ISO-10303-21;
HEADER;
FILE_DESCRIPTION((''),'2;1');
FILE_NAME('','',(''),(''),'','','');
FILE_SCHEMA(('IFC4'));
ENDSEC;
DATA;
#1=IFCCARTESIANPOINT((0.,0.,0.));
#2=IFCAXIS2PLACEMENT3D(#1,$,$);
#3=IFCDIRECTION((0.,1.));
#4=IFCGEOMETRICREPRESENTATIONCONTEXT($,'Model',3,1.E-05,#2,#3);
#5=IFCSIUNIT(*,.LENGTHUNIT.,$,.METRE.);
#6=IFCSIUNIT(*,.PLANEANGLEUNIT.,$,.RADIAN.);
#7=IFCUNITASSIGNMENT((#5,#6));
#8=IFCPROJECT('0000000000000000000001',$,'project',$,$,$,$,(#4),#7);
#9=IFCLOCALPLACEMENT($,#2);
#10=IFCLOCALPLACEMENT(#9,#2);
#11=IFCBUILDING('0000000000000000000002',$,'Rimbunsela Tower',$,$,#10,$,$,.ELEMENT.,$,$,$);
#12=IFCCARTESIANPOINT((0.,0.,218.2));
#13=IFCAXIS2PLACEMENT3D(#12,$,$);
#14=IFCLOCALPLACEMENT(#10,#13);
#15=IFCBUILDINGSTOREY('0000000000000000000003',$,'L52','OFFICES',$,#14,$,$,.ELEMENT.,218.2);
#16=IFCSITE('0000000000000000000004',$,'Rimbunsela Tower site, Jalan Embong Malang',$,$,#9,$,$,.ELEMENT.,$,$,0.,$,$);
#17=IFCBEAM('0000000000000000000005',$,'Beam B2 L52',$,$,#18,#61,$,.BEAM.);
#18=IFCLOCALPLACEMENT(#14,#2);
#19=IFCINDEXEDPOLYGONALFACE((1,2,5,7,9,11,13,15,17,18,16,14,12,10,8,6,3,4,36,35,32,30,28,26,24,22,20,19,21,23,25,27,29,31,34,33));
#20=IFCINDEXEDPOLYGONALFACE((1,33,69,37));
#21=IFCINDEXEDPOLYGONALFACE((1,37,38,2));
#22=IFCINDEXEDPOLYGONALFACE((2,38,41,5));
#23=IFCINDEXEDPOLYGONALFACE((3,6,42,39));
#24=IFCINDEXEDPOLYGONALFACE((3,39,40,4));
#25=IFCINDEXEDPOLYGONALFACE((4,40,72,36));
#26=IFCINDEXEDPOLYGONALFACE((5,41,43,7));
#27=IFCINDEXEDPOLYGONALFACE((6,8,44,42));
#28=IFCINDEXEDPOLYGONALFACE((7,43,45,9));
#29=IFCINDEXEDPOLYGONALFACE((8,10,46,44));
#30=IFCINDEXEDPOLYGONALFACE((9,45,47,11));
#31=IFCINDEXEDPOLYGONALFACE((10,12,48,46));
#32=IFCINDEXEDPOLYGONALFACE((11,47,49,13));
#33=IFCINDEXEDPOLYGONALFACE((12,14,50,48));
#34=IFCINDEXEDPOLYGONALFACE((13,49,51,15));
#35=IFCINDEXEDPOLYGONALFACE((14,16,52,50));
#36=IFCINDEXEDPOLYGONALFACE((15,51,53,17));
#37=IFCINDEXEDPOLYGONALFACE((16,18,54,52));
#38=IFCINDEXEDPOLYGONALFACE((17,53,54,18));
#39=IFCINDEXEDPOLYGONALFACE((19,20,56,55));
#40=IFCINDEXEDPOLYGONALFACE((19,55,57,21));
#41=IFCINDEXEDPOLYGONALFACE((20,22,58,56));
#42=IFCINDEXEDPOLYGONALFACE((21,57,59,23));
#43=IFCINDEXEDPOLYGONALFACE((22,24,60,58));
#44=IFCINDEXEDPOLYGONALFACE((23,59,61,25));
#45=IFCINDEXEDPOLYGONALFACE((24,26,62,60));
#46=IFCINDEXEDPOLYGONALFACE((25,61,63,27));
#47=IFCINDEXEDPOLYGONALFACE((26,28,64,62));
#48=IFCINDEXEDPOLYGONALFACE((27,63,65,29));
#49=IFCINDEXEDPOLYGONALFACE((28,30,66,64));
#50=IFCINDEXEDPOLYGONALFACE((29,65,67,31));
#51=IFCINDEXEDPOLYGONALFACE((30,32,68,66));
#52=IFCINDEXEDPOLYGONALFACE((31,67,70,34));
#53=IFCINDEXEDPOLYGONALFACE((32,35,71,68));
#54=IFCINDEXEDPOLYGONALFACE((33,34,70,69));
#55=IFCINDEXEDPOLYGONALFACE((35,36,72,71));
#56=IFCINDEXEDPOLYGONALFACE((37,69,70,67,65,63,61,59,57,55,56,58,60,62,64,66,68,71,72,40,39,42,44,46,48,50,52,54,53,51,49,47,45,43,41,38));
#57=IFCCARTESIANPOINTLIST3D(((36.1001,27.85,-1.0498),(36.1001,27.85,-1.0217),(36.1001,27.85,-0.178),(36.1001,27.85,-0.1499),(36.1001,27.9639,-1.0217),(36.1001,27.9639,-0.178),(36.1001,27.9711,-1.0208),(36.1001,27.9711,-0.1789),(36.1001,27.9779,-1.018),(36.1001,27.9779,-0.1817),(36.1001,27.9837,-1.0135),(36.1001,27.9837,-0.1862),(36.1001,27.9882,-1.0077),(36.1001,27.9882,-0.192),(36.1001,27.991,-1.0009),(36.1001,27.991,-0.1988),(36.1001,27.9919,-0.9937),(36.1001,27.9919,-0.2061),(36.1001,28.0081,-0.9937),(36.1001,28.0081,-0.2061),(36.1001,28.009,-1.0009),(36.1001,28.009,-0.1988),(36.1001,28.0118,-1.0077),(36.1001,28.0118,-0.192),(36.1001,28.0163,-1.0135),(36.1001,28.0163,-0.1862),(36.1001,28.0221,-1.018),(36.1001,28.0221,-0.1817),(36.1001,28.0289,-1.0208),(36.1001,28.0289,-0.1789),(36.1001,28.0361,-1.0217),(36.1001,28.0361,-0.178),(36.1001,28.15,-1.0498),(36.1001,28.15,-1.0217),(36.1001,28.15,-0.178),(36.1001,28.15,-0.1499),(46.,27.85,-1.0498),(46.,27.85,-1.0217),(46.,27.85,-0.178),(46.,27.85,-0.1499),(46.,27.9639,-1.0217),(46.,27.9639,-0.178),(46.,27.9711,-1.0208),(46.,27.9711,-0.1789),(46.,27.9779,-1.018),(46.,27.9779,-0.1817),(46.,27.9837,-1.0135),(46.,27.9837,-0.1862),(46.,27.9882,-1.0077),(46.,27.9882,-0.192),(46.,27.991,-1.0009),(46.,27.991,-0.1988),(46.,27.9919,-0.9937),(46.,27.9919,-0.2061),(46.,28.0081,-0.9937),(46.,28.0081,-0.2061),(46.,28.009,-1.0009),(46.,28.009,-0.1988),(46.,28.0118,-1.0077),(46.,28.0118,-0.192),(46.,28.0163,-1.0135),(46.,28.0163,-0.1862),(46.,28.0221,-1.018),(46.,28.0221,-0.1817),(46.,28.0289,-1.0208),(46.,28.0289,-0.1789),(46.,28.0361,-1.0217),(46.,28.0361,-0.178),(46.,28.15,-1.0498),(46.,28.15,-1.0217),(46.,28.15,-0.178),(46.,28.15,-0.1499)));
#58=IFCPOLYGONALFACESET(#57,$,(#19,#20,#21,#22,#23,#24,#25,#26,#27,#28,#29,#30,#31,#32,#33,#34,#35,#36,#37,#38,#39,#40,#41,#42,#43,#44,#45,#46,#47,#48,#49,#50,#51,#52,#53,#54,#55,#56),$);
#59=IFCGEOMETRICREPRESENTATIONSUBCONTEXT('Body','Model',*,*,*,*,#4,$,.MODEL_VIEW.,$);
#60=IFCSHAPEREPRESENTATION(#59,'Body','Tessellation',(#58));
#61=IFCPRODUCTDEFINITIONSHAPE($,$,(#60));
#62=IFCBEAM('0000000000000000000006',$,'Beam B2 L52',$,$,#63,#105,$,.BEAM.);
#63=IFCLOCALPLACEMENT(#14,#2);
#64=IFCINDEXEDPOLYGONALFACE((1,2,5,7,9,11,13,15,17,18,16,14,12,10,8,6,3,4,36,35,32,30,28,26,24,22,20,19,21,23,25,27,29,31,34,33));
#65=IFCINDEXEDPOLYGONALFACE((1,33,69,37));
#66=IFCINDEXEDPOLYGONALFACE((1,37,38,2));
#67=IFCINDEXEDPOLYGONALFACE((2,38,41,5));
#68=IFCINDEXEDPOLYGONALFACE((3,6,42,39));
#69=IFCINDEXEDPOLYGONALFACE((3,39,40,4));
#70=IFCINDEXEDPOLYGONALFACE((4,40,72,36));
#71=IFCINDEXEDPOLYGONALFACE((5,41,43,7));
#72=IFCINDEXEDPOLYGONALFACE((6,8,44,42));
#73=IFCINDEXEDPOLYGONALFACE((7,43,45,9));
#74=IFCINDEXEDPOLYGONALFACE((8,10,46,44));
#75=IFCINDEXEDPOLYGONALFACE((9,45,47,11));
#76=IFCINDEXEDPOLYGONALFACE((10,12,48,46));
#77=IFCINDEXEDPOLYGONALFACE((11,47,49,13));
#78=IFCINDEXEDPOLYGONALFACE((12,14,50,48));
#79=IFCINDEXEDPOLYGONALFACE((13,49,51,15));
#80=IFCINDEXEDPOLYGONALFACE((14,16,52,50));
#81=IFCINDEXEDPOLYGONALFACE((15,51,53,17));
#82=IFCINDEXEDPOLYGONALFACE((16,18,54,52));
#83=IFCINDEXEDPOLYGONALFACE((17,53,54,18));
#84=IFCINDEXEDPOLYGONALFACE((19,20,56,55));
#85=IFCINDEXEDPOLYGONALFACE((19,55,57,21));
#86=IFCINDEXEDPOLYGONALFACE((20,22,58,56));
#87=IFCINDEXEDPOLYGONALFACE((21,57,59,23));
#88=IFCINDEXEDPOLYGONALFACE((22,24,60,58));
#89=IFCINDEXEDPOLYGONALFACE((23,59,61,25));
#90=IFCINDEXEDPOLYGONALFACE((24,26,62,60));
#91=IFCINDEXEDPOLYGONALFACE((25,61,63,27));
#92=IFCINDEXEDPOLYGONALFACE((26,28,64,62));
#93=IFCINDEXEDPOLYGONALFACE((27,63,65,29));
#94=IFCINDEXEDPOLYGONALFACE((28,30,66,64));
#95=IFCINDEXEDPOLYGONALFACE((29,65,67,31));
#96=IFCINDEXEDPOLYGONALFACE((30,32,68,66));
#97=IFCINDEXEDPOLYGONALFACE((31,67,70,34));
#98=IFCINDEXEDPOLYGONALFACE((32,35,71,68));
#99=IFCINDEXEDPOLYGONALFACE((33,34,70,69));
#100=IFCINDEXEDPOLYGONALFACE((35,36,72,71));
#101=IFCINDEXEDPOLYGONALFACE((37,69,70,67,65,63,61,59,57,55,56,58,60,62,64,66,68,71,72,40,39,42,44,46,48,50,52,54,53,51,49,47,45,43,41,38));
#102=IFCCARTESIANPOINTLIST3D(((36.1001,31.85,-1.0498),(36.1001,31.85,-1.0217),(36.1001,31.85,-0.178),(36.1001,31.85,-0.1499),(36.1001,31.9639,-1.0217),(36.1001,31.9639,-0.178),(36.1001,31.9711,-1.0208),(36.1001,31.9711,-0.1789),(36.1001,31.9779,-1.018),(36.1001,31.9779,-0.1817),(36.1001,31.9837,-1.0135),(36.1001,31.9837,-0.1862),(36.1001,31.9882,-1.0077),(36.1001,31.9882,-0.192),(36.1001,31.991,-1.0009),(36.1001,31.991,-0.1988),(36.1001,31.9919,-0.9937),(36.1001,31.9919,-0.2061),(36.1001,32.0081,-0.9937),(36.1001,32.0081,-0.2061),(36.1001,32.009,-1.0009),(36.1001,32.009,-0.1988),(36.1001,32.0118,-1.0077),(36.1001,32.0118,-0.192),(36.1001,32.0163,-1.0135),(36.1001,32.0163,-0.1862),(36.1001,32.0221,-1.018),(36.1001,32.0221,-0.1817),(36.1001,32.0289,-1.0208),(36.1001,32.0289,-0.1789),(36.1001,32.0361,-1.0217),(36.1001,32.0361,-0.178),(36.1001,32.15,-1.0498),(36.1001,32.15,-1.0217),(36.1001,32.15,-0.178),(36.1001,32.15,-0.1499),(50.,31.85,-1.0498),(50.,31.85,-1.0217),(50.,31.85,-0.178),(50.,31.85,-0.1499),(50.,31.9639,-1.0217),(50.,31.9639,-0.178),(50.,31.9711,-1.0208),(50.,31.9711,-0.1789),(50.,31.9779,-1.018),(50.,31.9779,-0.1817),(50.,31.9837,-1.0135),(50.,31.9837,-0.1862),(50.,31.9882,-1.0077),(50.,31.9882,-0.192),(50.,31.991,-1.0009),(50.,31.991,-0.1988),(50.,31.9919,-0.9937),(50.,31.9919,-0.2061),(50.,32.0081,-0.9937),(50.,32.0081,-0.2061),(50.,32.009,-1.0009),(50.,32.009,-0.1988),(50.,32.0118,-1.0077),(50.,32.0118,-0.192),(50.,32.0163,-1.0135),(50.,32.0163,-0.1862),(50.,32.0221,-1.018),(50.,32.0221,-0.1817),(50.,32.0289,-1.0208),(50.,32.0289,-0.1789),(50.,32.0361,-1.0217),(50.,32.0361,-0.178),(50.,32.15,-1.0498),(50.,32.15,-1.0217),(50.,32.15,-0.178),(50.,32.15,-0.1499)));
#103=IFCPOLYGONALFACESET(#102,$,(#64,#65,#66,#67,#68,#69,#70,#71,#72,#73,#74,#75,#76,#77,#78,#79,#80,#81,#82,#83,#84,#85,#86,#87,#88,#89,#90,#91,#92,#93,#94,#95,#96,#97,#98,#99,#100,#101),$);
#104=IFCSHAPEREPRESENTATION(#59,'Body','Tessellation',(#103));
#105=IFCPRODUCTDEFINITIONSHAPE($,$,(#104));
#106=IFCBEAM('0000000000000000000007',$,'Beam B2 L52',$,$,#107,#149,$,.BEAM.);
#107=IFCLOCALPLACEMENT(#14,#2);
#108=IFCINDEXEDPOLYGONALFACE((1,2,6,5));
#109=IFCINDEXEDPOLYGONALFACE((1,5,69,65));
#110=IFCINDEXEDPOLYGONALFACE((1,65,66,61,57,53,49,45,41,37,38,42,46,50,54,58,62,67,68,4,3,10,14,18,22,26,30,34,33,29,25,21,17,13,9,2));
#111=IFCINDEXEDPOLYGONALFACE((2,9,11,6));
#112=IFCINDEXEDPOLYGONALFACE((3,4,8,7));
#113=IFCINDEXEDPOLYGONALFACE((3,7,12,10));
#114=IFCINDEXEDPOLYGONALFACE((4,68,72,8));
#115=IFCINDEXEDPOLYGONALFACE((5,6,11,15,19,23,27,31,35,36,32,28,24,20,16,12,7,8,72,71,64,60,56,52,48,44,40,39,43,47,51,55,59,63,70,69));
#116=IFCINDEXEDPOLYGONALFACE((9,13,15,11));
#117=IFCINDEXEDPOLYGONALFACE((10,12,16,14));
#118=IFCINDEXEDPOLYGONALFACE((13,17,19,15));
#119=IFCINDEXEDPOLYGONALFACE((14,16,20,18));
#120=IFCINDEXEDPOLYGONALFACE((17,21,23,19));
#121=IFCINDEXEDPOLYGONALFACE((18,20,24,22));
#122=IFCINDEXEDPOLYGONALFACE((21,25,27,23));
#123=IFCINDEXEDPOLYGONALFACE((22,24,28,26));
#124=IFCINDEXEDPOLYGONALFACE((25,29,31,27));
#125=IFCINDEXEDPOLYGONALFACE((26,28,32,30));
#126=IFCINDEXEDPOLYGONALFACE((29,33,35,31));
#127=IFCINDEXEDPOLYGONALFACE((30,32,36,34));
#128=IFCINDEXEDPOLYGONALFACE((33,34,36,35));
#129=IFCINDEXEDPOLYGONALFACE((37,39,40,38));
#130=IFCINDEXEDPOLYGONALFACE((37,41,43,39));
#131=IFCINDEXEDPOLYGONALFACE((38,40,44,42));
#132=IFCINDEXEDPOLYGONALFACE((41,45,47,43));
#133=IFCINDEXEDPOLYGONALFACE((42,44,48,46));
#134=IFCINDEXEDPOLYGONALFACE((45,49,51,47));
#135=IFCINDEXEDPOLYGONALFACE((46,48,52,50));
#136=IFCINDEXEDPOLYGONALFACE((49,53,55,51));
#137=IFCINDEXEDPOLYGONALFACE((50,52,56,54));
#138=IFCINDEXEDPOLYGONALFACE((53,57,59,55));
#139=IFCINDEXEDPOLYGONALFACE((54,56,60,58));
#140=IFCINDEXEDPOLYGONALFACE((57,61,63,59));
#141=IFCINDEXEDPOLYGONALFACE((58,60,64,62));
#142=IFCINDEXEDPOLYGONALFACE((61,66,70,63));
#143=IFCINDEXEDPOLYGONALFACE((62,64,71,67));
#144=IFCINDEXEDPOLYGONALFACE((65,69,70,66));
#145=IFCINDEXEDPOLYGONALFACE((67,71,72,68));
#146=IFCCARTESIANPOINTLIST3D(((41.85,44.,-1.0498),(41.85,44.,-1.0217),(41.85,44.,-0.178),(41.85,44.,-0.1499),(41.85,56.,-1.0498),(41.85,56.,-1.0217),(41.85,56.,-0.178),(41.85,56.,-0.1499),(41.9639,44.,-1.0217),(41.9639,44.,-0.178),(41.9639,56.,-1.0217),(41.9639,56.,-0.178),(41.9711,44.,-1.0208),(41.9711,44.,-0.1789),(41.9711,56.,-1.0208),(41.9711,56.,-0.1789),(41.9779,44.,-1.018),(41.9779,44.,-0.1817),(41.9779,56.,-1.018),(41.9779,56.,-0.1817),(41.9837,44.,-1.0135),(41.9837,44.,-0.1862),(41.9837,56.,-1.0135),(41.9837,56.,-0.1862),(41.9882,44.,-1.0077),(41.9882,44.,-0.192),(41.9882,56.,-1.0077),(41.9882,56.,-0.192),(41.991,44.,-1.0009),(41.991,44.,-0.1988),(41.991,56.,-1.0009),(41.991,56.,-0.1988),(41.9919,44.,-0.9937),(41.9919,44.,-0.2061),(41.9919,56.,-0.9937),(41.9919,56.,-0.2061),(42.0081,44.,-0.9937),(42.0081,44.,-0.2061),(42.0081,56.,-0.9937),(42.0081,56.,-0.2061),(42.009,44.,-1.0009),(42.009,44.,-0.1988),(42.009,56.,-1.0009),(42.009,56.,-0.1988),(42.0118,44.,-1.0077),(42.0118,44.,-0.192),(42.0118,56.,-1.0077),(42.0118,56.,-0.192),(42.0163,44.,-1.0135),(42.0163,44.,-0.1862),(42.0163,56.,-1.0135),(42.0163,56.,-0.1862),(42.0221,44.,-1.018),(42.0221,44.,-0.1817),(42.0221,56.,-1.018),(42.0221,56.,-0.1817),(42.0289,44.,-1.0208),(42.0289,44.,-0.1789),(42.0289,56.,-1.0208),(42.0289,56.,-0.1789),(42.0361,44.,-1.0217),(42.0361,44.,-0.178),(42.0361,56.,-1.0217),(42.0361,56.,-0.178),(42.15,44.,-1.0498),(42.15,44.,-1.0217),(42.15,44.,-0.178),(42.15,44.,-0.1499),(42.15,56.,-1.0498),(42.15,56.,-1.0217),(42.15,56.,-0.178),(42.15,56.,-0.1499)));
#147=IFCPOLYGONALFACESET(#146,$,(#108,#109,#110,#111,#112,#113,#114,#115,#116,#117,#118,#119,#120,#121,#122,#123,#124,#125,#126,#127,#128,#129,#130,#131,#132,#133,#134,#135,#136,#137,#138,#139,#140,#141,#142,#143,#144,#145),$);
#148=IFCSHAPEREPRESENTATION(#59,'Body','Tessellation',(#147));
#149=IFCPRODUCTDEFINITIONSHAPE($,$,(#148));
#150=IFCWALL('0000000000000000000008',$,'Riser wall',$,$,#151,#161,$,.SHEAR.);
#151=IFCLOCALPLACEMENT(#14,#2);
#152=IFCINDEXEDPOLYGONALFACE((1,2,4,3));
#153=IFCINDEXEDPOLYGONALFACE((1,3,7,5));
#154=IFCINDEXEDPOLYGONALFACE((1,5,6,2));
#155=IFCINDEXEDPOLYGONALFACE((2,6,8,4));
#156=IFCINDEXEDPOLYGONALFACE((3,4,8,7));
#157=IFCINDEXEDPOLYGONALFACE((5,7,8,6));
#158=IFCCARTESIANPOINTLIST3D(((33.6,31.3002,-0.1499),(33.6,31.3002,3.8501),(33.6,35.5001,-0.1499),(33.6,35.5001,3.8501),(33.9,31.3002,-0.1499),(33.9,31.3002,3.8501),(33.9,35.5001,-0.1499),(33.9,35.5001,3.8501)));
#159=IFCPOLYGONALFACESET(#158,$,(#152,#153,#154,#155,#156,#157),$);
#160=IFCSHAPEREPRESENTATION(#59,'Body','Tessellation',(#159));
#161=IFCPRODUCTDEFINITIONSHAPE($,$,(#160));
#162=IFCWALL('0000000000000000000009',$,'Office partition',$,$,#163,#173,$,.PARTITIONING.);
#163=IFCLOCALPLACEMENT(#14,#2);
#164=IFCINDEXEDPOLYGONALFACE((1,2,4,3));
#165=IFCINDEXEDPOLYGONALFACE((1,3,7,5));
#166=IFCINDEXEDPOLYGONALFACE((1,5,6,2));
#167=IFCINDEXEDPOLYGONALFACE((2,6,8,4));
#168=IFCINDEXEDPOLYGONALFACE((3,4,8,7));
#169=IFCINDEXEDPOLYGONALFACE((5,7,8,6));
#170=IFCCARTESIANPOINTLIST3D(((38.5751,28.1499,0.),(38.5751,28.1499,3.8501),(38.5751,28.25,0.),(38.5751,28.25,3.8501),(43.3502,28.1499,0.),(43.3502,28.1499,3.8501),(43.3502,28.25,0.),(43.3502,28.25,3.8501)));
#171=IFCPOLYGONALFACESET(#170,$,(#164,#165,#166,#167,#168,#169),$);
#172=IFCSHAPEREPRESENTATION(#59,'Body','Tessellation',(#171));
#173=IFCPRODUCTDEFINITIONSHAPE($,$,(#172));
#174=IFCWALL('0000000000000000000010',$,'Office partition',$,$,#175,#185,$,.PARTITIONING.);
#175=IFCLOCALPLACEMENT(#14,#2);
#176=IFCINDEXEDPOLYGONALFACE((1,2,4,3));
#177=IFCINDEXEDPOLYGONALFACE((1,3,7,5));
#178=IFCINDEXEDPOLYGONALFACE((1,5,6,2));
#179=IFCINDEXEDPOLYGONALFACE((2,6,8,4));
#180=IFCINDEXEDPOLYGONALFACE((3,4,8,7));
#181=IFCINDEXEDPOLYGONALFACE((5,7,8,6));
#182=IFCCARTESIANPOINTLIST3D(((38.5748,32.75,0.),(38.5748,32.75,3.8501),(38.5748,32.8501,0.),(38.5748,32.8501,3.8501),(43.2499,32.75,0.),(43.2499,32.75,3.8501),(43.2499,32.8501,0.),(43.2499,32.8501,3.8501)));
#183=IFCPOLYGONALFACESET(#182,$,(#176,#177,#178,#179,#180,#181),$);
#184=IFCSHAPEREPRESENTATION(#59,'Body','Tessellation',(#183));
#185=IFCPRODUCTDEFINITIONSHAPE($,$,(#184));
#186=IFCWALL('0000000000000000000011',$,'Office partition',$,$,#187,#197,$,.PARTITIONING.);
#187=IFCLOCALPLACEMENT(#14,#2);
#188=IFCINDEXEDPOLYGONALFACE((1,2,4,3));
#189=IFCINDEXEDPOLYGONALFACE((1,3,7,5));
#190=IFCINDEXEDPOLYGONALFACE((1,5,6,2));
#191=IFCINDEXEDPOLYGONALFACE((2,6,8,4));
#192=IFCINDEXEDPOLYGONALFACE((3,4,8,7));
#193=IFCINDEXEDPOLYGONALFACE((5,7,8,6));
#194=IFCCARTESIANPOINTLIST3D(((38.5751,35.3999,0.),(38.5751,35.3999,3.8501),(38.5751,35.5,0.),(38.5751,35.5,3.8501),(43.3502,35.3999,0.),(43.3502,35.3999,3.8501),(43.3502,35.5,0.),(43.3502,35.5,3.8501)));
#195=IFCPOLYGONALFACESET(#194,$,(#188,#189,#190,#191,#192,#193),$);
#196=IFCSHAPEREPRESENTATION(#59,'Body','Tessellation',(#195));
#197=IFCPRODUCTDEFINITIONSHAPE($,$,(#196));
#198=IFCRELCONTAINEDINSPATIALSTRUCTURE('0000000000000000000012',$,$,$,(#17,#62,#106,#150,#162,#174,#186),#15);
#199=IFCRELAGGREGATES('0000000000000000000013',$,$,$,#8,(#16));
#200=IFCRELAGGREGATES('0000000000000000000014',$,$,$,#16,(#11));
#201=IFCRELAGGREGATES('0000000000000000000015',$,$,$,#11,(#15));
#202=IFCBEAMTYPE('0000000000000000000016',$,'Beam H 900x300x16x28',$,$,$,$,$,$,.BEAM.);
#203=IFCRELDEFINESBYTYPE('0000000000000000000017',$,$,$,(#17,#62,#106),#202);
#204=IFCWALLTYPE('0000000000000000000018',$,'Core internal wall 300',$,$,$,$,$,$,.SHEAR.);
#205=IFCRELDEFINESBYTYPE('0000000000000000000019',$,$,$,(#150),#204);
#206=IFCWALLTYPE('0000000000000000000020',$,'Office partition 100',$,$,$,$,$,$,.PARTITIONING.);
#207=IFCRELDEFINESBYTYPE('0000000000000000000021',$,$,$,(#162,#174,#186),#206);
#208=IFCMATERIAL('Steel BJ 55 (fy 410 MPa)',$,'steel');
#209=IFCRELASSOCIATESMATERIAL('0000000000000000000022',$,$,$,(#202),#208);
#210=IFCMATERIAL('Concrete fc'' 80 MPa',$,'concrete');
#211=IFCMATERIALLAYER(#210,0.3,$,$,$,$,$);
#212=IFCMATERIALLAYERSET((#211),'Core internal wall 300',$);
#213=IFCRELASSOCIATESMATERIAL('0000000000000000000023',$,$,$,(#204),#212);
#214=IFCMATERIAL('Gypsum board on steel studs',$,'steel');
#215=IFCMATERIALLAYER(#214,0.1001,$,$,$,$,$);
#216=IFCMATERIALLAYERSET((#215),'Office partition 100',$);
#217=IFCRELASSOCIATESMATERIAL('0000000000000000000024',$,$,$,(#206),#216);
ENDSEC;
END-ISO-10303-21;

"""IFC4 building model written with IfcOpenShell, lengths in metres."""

from ifc_helpers import new_model, si_unit, direction, frame, frame_2d, origin, origin_2d, place, context, subcontext, project, spatial, rectangle, i_section, extrude, material, layer, layer_set, material_profile, profile_set, type_object, element, save


model = new_model("IFC4")

# Units and contexts
model_context = context("Model", 3, precision=1e-05, world=origin(), true_north=direction((0.0, 1.0)))
body_context = subcontext(model_context, "Body", "Model", "MODEL_VIEW")
ifc_project = project(units=[si_unit("LENGTHUNIT", "METRE"), si_unit("PLANEANGLEUNIT", "RADIAN")], contexts=[model_context])

# Site, building, storey
site_placement = place(None, origin())
site = spatial("IfcSite", under=ifc_project, at=site_placement, Name="Rimbunsela Tower site, Jalan Embong Malang", CompositionType="ELEMENT", RefElevation=0.0)
building_placement = place(site_placement, origin())
building = spatial("IfcBuilding", under=site, at=building_placement, Name="Rimbunsela Tower", CompositionType="ELEMENT")
storey_placement = place(building_placement, frame((0.0, 0.0, 218.2)))
storey = spatial("IfcBuildingStorey", under=building, at=storey_placement, Name="L52", Description="OFFICES", CompositionType="ELEMENT", Elevation=218.2)

# Beams
ifc_material_1 = material(Name="Steel BJ 55 (fy 410 MPa)", Category="steel")
ifc_material_profile_1 = material_profile(ifc_material_1, i_section(OverallWidth=0.3, OverallDepth=0.8999, WebThickness=0.0161, FlangeThickness=0.0281, FilletRadius=0.0281, at=origin_2d()), Name="H 900x300x16x28")
ifc_profile_set_1 = profile_set([ifc_material_profile_1], Name="Steel BJ 55 (fy 410 MPa)")
beam_type_1 = type_object("IfcBeamType", Name="Beam H 900x300x16x28", PredefinedType="BEAM", material=ifc_profile_set_1)
beam_1_placement = place(storey_placement, frame((36.1001, 28.0, -0.5999), z_axis=(1.0, 0.0, 0.0), x_axis=(0.0, 1.0, 0.0)))
element("IfcBeam", 1, at=beam_1_placement, inside=storey, type_object=beam_type_1, Name="Beam B2 L52", PredefinedType="BEAM", context=body_context, shape_type="SweptSolid", body=[
    extrude(i_section(OverallWidth=0.3, OverallDepth=0.8999, WebThickness=0.0161, FlangeThickness=0.0281, FilletRadius=0.0281, at=origin_2d()), origin(), (0.0, 0.0, 1.0), 9.8999),
])
beam_2_placement = place(storey_placement, frame((36.1001, 32.0, -0.5999), z_axis=(1.0, 0.0, 0.0), x_axis=(0.0, 1.0, 0.0)))
element("IfcBeam", 2, at=beam_2_placement, inside=storey, type_object=beam_type_1, Name="Beam B2 L52", PredefinedType="BEAM", context=body_context, shape_type="SweptSolid", body=[
    extrude(i_section(OverallWidth=0.3, OverallDepth=0.8999, WebThickness=0.0161, FlangeThickness=0.0281, FilletRadius=0.0281, at=origin_2d()), origin(), (0.0, 0.0, 1.0), 13.8999),
])
beam_3_placement = place(storey_placement, frame((42.0, 44.0, -0.5999), z_axis=(0.0, 1.0, 0.0), x_axis=(-1.0, 0.0, 0.0)))
element("IfcBeam", 3, at=beam_3_placement, inside=storey, type_object=beam_type_1, Name="Beam B2 L52", PredefinedType="BEAM", context=body_context, shape_type="SweptSolid", body=[
    extrude(i_section(OverallWidth=0.3, OverallDepth=0.8999, WebThickness=0.0161, FlangeThickness=0.0281, FilletRadius=0.0281, at=origin_2d()), origin(), (0.0, 0.0, 1.0), 12.0),
])

# Walls
ifc_material_2 = material(Name="Concrete fc' 80 MPa", Category="concrete")
ifc_layer_1 = layer(ifc_material_2, 0.3)
ifc_layer_set_1 = layer_set([ifc_layer_1], Name="Core internal wall 300")
wall_type_1 = type_object("IfcWallType", Name="Core internal wall 300", PredefinedType="SHEAR", material=ifc_layer_set_1)
wall_1_placement = place(storey_placement, frame((33.75, 31.3, -0.1499), z_axis=(0.0, 0.0, 1.0), x_axis=(0.0, 1.0, 0.0)))
element("IfcWall", 4, at=wall_1_placement, inside=storey, type_object=wall_type_1, Name="Riser wall", PredefinedType="SHEAR", context=body_context, shape_type="SweptSolid", body=[
    extrude(rectangle(XDim=4.2, YDim=0.3, at=frame_2d((2.1001, 0.0))), origin(), (0.0, 0.0, 1.0), 4.0),
])
ifc_material_3 = material(Name="Gypsum board on steel studs", Category="steel")
ifc_layer_2 = layer(ifc_material_3, 0.1001)
ifc_layer_set_2 = layer_set([ifc_layer_2], Name="Office partition 100")
wall_type_2 = type_object("IfcWallType", Name="Office partition 100", PredefinedType="PARTITIONING", material=ifc_layer_set_2)
wall_2_placement = place(storey_placement, frame((38.575, 28.2, 0.0), z_axis=(0.0, 0.0, 1.0), x_axis=(1.0, 0.0, 0.0)))
element("IfcWall", 5, at=wall_2_placement, inside=storey, type_object=wall_type_2, Name="Office partition", PredefinedType="PARTITIONING", context=body_context, shape_type="SweptSolid", body=[
    extrude(rectangle(XDim=4.7751, YDim=0.1001, at=frame_2d((2.3877, 0.0))), origin(), (0.0, 0.0, 1.0), 3.8501),
])
wall_3_placement = place(storey_placement, frame((38.575, 32.8, 0.0), z_axis=(0.0, 0.0, 1.0), x_axis=(1.0, 0.0, 0.0)))
element("IfcWall", 6, at=wall_3_placement, inside=storey, type_object=wall_type_2, Name="Office partition", PredefinedType="PARTITIONING", context=body_context, shape_type="SweptSolid", body=[
    extrude(rectangle(XDim=4.675, YDim=0.1001, at=frame_2d((2.3374, 0.0))), origin(), (0.0, 0.0, 1.0), 3.8501),
])
wall_4_placement = place(storey_placement, frame((38.575, 35.45, 0.0), z_axis=(0.0, 0.0, 1.0), x_axis=(1.0, 0.0, 0.0)))
element("IfcWall", 7, at=wall_4_placement, inside=storey, type_object=wall_type_2, Name="Office partition", PredefinedType="PARTITIONING", context=body_context, shape_type="SweptSolid", body=[
    extrude(rectangle(XDim=4.7751, YDim=0.1001, at=frame_2d((2.3877, 0.0))), origin(), (0.0, 0.0, 1.0), 3.8501),
])

save(model, "model.ifc")
